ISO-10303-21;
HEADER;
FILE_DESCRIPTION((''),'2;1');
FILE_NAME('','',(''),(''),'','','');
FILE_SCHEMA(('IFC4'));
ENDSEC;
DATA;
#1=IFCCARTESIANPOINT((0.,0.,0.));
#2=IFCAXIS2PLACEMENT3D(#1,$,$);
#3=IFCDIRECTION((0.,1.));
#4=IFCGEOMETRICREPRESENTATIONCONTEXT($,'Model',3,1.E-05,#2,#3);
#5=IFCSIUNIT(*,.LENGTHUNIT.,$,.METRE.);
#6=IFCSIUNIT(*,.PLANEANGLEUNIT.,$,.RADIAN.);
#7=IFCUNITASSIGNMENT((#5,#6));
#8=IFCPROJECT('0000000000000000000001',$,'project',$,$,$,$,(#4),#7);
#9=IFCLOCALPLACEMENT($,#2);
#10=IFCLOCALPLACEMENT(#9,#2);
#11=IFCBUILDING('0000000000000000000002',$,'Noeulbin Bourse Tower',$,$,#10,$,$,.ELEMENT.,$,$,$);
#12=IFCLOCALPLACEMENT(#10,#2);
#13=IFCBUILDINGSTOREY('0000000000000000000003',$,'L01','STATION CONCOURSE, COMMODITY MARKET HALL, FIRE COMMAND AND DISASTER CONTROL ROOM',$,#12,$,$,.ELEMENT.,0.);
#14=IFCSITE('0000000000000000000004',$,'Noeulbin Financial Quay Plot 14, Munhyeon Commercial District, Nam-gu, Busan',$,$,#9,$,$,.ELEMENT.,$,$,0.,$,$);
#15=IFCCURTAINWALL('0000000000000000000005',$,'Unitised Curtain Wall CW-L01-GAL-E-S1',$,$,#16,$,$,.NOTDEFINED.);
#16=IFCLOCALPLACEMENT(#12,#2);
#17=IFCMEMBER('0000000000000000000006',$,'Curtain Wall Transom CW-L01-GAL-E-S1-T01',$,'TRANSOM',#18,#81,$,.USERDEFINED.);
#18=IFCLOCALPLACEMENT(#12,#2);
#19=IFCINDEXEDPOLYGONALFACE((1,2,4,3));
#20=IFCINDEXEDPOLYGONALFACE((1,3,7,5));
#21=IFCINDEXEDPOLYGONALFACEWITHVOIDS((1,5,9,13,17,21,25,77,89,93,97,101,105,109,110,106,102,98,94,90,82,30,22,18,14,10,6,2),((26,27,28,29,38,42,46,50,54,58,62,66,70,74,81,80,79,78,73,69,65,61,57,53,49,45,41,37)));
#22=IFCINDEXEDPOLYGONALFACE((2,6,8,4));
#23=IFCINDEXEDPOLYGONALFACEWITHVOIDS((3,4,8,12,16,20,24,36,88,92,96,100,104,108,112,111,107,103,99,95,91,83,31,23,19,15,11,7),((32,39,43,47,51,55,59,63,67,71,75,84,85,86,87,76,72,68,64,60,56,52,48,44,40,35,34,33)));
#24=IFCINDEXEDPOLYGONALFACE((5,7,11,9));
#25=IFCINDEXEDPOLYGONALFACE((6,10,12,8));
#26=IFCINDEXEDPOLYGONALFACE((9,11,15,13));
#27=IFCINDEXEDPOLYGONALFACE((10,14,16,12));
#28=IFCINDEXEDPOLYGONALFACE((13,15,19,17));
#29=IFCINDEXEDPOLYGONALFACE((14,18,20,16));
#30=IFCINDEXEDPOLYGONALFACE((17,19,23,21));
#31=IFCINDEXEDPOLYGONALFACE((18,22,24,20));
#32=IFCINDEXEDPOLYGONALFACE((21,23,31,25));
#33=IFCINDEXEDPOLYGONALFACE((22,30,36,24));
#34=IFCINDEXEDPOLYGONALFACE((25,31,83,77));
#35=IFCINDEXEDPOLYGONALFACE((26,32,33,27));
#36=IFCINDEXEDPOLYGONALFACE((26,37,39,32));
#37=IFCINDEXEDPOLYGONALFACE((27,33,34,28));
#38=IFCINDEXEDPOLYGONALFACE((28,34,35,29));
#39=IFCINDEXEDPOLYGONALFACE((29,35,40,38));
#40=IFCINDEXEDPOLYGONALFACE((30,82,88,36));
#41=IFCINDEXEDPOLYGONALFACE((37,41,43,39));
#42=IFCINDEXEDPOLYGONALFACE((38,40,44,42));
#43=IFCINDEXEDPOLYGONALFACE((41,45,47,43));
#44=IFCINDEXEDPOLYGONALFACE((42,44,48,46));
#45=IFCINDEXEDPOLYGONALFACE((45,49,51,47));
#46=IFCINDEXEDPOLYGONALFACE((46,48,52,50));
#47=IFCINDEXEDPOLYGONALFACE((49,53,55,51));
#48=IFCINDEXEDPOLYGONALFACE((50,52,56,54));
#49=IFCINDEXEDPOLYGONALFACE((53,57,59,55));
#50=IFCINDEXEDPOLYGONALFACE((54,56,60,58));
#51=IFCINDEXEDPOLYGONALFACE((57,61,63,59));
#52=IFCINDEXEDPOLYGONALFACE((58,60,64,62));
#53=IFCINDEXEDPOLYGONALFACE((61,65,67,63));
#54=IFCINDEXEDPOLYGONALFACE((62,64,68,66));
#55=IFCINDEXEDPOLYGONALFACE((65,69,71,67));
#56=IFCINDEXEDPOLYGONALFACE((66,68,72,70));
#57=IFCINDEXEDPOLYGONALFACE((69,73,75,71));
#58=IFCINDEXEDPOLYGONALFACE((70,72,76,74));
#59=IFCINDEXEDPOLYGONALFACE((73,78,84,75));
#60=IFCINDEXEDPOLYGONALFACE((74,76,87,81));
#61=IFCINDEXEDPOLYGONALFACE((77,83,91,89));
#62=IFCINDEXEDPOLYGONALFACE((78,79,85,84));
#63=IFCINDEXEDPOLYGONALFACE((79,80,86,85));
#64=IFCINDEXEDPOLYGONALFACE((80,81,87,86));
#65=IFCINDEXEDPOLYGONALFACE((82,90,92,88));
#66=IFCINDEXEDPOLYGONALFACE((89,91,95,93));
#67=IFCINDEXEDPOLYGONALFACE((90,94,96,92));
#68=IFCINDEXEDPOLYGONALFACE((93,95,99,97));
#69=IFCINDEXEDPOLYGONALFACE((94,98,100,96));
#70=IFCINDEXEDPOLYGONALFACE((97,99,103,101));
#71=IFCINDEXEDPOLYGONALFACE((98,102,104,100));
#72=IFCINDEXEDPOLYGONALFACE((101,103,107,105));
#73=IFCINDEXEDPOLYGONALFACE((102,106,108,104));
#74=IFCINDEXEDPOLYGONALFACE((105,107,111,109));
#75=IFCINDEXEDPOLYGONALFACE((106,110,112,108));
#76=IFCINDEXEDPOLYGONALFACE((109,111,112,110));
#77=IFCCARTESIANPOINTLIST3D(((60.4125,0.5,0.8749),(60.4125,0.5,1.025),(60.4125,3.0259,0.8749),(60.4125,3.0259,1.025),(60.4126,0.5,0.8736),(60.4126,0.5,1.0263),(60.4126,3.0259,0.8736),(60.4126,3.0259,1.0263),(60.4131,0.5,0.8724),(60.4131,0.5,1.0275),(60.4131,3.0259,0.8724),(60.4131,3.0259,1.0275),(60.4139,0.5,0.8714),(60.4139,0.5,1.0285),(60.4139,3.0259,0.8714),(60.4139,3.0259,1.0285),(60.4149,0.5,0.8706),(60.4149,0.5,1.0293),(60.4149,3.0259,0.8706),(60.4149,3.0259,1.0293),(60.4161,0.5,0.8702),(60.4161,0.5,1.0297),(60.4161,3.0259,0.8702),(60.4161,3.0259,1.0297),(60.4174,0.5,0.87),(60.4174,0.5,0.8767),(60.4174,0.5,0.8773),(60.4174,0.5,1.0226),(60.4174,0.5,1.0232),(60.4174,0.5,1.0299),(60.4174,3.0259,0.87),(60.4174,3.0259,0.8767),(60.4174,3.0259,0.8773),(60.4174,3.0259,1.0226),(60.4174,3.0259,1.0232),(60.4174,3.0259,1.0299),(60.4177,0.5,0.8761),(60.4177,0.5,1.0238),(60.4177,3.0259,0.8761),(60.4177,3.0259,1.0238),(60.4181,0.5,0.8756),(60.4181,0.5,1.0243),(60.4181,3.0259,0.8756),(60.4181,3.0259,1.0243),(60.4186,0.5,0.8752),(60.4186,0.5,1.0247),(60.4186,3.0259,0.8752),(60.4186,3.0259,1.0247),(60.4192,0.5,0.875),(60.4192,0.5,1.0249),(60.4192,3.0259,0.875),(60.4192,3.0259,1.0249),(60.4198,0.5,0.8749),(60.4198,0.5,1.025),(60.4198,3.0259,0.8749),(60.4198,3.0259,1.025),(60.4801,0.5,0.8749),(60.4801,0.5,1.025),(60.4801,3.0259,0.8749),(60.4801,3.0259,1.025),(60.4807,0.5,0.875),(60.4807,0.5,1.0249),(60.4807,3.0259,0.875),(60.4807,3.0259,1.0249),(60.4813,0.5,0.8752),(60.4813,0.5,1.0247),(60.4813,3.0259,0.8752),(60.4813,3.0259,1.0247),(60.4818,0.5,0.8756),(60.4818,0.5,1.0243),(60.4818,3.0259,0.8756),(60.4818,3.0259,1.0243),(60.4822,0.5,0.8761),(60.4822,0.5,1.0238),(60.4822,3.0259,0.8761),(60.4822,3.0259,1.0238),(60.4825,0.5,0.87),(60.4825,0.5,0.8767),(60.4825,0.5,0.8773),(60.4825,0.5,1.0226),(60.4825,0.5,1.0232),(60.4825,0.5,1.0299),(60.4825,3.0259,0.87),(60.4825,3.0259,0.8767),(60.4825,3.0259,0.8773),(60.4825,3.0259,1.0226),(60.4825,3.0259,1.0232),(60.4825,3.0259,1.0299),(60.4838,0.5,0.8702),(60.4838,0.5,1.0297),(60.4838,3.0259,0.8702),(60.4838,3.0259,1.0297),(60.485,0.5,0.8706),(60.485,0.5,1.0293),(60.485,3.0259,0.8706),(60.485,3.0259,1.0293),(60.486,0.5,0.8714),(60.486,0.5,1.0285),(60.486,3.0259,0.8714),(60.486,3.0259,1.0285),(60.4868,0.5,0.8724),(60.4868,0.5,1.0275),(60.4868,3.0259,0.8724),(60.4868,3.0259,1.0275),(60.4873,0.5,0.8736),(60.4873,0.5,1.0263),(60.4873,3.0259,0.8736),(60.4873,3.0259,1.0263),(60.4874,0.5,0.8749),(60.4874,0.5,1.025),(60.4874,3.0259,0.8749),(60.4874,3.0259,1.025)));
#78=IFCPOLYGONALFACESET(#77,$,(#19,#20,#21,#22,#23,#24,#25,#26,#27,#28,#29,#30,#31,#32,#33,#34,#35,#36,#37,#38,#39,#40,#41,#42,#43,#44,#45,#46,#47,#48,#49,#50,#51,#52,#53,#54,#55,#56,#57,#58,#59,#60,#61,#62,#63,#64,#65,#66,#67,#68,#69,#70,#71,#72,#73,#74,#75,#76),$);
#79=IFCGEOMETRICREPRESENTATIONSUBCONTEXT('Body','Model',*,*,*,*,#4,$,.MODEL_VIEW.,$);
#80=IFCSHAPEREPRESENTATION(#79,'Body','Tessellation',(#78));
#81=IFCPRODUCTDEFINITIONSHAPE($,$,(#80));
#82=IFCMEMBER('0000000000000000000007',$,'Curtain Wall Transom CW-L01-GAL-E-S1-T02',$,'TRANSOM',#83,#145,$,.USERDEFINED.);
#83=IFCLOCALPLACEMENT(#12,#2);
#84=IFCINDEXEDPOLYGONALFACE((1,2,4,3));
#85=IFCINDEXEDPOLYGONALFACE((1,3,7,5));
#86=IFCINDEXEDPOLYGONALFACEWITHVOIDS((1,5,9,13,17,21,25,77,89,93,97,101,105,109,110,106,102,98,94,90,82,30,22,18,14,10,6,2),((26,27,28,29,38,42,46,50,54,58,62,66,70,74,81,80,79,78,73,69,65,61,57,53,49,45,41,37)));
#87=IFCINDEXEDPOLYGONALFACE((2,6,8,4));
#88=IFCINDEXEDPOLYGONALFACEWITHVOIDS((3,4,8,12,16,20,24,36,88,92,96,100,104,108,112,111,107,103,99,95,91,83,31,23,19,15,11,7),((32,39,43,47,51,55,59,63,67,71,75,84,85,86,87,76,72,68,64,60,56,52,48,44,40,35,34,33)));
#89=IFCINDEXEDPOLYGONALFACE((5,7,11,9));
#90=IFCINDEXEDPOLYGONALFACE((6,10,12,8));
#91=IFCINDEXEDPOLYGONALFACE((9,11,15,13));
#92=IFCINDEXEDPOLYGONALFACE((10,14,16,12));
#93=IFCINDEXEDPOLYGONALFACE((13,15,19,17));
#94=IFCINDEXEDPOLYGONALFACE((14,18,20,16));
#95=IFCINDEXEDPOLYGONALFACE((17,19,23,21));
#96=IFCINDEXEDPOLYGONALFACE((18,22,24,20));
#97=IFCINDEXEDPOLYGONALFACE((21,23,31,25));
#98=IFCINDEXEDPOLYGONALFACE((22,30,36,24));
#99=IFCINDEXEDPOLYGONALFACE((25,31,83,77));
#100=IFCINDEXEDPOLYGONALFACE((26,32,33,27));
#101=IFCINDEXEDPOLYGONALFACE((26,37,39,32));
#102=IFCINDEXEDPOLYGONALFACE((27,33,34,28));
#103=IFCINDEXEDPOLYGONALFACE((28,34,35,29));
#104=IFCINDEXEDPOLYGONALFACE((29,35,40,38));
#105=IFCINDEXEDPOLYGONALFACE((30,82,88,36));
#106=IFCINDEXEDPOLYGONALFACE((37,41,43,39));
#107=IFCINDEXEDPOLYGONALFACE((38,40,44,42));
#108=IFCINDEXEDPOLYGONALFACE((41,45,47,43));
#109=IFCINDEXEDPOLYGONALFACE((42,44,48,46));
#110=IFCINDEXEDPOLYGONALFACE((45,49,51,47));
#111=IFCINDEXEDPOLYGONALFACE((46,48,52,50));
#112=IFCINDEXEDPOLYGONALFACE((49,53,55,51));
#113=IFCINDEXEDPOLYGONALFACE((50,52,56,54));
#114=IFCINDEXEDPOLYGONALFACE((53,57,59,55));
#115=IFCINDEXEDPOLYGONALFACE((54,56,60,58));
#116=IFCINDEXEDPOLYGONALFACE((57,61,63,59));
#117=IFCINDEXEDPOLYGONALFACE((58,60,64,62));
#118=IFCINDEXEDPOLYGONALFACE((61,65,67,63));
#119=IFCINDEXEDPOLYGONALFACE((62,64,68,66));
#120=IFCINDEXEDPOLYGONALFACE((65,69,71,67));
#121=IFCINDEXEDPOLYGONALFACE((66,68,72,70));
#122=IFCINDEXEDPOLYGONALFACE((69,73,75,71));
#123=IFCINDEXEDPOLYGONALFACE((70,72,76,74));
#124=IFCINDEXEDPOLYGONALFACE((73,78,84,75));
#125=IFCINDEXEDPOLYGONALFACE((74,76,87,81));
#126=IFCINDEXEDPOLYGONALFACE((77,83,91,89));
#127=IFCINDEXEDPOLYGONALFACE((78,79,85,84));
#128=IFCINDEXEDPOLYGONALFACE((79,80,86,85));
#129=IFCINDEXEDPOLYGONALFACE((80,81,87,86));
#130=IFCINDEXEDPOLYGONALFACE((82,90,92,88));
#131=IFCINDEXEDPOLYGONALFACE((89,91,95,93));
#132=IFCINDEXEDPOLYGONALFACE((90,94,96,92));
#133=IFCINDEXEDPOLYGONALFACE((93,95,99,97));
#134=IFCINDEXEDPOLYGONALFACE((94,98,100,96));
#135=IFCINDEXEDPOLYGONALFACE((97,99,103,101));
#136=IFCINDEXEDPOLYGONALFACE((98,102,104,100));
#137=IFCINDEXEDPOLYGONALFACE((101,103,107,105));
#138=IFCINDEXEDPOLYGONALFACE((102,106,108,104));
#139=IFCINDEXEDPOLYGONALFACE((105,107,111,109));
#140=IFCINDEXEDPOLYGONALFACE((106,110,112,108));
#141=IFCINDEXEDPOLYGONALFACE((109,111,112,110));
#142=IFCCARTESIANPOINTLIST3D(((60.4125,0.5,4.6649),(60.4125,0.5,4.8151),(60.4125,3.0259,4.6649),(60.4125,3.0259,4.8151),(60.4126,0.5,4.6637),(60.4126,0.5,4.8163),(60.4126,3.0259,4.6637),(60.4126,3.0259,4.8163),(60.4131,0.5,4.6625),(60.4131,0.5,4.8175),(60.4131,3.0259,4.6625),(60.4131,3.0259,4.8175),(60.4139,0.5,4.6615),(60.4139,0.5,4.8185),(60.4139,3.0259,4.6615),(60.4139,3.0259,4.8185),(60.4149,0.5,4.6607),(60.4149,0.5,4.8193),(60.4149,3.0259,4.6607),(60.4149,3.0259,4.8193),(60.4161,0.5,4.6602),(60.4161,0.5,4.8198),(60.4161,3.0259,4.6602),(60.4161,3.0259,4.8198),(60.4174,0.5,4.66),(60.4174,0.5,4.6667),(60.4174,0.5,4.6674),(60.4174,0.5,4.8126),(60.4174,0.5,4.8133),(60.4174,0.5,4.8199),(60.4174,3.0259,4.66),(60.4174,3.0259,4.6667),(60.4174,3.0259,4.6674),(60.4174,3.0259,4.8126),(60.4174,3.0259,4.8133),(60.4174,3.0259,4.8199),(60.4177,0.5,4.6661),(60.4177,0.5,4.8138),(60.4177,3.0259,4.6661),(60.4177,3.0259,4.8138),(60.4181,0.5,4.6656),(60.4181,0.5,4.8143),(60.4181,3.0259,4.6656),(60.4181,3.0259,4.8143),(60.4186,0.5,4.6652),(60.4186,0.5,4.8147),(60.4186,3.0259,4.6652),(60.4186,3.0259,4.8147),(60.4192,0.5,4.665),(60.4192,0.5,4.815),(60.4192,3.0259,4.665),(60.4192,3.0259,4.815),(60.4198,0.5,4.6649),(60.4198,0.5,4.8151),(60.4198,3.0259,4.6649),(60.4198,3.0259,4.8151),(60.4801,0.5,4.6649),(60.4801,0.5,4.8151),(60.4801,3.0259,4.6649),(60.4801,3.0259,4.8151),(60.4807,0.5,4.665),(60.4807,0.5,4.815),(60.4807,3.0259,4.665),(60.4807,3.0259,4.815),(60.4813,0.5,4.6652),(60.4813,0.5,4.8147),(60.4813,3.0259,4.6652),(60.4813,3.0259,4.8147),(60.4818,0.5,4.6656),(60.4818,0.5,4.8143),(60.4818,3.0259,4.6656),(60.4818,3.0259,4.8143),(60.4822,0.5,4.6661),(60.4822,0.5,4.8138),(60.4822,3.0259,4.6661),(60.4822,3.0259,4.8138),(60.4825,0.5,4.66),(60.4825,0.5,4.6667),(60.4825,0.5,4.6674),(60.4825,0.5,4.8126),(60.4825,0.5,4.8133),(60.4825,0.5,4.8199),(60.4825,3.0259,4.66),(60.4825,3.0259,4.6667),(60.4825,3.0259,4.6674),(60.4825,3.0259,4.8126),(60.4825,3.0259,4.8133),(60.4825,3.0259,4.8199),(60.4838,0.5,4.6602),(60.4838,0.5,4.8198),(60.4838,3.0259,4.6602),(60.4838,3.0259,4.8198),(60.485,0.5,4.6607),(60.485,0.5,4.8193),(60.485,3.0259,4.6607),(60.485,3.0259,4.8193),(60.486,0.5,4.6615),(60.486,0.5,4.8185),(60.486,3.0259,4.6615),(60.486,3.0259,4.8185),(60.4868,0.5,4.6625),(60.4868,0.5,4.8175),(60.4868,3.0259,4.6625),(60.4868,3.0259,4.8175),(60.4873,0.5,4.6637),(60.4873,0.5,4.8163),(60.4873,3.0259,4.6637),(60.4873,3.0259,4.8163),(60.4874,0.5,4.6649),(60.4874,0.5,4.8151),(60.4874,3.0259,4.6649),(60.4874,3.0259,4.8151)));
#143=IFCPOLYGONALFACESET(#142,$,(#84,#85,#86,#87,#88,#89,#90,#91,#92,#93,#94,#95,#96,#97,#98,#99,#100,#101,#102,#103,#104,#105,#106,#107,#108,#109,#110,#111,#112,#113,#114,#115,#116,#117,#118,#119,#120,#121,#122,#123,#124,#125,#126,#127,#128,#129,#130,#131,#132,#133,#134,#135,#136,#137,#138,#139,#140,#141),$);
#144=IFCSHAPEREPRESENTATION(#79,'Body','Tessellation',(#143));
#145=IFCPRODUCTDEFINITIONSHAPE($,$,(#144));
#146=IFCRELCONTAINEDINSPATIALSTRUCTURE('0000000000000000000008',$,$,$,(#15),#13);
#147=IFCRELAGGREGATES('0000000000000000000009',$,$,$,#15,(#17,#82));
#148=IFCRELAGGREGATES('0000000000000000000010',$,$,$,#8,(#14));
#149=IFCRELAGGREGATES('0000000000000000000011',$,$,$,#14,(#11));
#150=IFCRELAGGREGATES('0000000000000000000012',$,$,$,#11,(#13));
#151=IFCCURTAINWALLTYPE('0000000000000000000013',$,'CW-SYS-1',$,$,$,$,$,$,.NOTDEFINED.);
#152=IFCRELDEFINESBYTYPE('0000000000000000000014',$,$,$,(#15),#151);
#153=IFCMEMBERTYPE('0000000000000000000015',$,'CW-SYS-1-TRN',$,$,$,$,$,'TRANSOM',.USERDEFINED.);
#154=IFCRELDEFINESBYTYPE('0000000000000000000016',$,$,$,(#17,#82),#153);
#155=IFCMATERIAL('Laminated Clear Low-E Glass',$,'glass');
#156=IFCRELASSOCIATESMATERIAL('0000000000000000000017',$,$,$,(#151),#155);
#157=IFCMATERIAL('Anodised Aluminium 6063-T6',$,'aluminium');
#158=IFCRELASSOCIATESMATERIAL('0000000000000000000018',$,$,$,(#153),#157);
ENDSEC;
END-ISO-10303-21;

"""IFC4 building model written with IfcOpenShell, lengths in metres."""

from ifc_helpers import new_model, si_unit, direction, frame, origin, origin_2d, place, context, subcontext, project, spatial, hollow_rectangle, extrude, material, material_profile, profile_set, type_object, element, aggregate, save


model = new_model("IFC4")

# Units and contexts
model_context = context("Model", 3, precision=1e-05, world=origin(), true_north=direction((0.0, 1.0)))
body_context = subcontext(model_context, "Body", "Model", "MODEL_VIEW")
ifc_project = project(units=[si_unit("LENGTHUNIT", "METRE"), si_unit("PLANEANGLEUNIT", "RADIAN")], contexts=[model_context])

# Site, building, storey
site_placement = place(None, origin())
site = spatial("IfcSite", under=ifc_project, at=site_placement, Name="Noeulbin Financial Quay Plot 14, Munhyeon Commercial District, Nam-gu, Busan", CompositionType="ELEMENT", RefElevation=0.0)
building_placement = place(site_placement, origin())
building = spatial("IfcBuilding", under=site, at=building_placement, Name="Noeulbin Bourse Tower", CompositionType="ELEMENT")
storey_placement = place(building_placement, origin())
storey = spatial("IfcBuildingStorey", under=building, at=storey_placement, Name="L01", Description="STATION CONCOURSE, COMMODITY MARKET HALL, FIRE COMMAND AND DISASTER CONTROL ROOM", CompositionType="ELEMENT", Elevation=0.0)

# Curtain wall
ifc_material_1 = material(Name="Laminated Clear Low-E Glass", Category="glass")
curtain_wall_type = type_object("IfcCurtainWallType", Name="CW-SYS-1", PredefinedType="NOTDEFINED", material=ifc_material_1)
curtain_wall_1_placement = place(storey_placement, origin())
curtain_wall_1 = element("IfcCurtainWall", 1, at=curtain_wall_1_placement, inside=storey, type_object=curtain_wall_type, Name="Unitised Curtain Wall CW-L01-GAL-E-S1", PredefinedType="NOTDEFINED")
ifc_material_2 = material(Name="Anodised Aluminium 6063-T6", Category="aluminium")

# Members
ifc_material_profile_1 = material_profile(ifc_material_2, hollow_rectangle(XDim=0.075, YDim=0.1599, WallThickness=0.0049, InnerFilletRadius=0.0024, OuterFilletRadius=0.0049, at=origin_2d()), Name="ALU-TRAN-75x160x5", Category="LoadBearing")
ifc_profile_set_1 = profile_set([ifc_material_profile_1], Name="Anodised Aluminium 6063-T6")
member_type_1 = type_object("IfcMemberType", Name="CW-SYS-1-TRN", ElementType="TRANSOM", PredefinedType="USERDEFINED", material=ifc_profile_set_1)
member_1_placement = place(storey_placement, frame((60.45, 0.5, 0.95), z_axis=(0.0, 1.0, 0.0), x_axis=(-1.0, 0.0, 0.0)))
member_1 = element("IfcMember", 2, at=member_1_placement, type_object=member_type_1, Name="Curtain Wall Transom CW-L01-GAL-E-S1-T01", ObjectType="TRANSOM", PredefinedType="USERDEFINED", context=body_context, shape_type="SweptSolid", body=[
    extrude(hollow_rectangle(XDim=0.075, YDim=0.1599, WallThickness=0.0049, InnerFilletRadius=0.0024, OuterFilletRadius=0.0049, at=origin_2d()), origin(), (0.0, 0.0, 1.0), 2.5259),
])
member_2_placement = place(storey_placement, frame((60.45, 0.5, 4.74), z_axis=(0.0, 1.0, 0.0), x_axis=(-1.0, 0.0, 0.0)))
member_2 = element("IfcMember", 3, at=member_2_placement, type_object=member_type_1, Name="Curtain Wall Transom CW-L01-GAL-E-S1-T02", ObjectType="TRANSOM", PredefinedType="USERDEFINED", context=body_context, shape_type="SweptSolid", body=[
    extrude(hollow_rectangle(XDim=0.075, YDim=0.1599, WallThickness=0.0049, InnerFilletRadius=0.0024, OuterFilletRadius=0.0049, at=origin_2d()), origin(), (0.0, 0.0, 1.0), 2.5259),
])

aggregate(curtain_wall_1, [member_1, member_2])

save(model, "model.ifc")
